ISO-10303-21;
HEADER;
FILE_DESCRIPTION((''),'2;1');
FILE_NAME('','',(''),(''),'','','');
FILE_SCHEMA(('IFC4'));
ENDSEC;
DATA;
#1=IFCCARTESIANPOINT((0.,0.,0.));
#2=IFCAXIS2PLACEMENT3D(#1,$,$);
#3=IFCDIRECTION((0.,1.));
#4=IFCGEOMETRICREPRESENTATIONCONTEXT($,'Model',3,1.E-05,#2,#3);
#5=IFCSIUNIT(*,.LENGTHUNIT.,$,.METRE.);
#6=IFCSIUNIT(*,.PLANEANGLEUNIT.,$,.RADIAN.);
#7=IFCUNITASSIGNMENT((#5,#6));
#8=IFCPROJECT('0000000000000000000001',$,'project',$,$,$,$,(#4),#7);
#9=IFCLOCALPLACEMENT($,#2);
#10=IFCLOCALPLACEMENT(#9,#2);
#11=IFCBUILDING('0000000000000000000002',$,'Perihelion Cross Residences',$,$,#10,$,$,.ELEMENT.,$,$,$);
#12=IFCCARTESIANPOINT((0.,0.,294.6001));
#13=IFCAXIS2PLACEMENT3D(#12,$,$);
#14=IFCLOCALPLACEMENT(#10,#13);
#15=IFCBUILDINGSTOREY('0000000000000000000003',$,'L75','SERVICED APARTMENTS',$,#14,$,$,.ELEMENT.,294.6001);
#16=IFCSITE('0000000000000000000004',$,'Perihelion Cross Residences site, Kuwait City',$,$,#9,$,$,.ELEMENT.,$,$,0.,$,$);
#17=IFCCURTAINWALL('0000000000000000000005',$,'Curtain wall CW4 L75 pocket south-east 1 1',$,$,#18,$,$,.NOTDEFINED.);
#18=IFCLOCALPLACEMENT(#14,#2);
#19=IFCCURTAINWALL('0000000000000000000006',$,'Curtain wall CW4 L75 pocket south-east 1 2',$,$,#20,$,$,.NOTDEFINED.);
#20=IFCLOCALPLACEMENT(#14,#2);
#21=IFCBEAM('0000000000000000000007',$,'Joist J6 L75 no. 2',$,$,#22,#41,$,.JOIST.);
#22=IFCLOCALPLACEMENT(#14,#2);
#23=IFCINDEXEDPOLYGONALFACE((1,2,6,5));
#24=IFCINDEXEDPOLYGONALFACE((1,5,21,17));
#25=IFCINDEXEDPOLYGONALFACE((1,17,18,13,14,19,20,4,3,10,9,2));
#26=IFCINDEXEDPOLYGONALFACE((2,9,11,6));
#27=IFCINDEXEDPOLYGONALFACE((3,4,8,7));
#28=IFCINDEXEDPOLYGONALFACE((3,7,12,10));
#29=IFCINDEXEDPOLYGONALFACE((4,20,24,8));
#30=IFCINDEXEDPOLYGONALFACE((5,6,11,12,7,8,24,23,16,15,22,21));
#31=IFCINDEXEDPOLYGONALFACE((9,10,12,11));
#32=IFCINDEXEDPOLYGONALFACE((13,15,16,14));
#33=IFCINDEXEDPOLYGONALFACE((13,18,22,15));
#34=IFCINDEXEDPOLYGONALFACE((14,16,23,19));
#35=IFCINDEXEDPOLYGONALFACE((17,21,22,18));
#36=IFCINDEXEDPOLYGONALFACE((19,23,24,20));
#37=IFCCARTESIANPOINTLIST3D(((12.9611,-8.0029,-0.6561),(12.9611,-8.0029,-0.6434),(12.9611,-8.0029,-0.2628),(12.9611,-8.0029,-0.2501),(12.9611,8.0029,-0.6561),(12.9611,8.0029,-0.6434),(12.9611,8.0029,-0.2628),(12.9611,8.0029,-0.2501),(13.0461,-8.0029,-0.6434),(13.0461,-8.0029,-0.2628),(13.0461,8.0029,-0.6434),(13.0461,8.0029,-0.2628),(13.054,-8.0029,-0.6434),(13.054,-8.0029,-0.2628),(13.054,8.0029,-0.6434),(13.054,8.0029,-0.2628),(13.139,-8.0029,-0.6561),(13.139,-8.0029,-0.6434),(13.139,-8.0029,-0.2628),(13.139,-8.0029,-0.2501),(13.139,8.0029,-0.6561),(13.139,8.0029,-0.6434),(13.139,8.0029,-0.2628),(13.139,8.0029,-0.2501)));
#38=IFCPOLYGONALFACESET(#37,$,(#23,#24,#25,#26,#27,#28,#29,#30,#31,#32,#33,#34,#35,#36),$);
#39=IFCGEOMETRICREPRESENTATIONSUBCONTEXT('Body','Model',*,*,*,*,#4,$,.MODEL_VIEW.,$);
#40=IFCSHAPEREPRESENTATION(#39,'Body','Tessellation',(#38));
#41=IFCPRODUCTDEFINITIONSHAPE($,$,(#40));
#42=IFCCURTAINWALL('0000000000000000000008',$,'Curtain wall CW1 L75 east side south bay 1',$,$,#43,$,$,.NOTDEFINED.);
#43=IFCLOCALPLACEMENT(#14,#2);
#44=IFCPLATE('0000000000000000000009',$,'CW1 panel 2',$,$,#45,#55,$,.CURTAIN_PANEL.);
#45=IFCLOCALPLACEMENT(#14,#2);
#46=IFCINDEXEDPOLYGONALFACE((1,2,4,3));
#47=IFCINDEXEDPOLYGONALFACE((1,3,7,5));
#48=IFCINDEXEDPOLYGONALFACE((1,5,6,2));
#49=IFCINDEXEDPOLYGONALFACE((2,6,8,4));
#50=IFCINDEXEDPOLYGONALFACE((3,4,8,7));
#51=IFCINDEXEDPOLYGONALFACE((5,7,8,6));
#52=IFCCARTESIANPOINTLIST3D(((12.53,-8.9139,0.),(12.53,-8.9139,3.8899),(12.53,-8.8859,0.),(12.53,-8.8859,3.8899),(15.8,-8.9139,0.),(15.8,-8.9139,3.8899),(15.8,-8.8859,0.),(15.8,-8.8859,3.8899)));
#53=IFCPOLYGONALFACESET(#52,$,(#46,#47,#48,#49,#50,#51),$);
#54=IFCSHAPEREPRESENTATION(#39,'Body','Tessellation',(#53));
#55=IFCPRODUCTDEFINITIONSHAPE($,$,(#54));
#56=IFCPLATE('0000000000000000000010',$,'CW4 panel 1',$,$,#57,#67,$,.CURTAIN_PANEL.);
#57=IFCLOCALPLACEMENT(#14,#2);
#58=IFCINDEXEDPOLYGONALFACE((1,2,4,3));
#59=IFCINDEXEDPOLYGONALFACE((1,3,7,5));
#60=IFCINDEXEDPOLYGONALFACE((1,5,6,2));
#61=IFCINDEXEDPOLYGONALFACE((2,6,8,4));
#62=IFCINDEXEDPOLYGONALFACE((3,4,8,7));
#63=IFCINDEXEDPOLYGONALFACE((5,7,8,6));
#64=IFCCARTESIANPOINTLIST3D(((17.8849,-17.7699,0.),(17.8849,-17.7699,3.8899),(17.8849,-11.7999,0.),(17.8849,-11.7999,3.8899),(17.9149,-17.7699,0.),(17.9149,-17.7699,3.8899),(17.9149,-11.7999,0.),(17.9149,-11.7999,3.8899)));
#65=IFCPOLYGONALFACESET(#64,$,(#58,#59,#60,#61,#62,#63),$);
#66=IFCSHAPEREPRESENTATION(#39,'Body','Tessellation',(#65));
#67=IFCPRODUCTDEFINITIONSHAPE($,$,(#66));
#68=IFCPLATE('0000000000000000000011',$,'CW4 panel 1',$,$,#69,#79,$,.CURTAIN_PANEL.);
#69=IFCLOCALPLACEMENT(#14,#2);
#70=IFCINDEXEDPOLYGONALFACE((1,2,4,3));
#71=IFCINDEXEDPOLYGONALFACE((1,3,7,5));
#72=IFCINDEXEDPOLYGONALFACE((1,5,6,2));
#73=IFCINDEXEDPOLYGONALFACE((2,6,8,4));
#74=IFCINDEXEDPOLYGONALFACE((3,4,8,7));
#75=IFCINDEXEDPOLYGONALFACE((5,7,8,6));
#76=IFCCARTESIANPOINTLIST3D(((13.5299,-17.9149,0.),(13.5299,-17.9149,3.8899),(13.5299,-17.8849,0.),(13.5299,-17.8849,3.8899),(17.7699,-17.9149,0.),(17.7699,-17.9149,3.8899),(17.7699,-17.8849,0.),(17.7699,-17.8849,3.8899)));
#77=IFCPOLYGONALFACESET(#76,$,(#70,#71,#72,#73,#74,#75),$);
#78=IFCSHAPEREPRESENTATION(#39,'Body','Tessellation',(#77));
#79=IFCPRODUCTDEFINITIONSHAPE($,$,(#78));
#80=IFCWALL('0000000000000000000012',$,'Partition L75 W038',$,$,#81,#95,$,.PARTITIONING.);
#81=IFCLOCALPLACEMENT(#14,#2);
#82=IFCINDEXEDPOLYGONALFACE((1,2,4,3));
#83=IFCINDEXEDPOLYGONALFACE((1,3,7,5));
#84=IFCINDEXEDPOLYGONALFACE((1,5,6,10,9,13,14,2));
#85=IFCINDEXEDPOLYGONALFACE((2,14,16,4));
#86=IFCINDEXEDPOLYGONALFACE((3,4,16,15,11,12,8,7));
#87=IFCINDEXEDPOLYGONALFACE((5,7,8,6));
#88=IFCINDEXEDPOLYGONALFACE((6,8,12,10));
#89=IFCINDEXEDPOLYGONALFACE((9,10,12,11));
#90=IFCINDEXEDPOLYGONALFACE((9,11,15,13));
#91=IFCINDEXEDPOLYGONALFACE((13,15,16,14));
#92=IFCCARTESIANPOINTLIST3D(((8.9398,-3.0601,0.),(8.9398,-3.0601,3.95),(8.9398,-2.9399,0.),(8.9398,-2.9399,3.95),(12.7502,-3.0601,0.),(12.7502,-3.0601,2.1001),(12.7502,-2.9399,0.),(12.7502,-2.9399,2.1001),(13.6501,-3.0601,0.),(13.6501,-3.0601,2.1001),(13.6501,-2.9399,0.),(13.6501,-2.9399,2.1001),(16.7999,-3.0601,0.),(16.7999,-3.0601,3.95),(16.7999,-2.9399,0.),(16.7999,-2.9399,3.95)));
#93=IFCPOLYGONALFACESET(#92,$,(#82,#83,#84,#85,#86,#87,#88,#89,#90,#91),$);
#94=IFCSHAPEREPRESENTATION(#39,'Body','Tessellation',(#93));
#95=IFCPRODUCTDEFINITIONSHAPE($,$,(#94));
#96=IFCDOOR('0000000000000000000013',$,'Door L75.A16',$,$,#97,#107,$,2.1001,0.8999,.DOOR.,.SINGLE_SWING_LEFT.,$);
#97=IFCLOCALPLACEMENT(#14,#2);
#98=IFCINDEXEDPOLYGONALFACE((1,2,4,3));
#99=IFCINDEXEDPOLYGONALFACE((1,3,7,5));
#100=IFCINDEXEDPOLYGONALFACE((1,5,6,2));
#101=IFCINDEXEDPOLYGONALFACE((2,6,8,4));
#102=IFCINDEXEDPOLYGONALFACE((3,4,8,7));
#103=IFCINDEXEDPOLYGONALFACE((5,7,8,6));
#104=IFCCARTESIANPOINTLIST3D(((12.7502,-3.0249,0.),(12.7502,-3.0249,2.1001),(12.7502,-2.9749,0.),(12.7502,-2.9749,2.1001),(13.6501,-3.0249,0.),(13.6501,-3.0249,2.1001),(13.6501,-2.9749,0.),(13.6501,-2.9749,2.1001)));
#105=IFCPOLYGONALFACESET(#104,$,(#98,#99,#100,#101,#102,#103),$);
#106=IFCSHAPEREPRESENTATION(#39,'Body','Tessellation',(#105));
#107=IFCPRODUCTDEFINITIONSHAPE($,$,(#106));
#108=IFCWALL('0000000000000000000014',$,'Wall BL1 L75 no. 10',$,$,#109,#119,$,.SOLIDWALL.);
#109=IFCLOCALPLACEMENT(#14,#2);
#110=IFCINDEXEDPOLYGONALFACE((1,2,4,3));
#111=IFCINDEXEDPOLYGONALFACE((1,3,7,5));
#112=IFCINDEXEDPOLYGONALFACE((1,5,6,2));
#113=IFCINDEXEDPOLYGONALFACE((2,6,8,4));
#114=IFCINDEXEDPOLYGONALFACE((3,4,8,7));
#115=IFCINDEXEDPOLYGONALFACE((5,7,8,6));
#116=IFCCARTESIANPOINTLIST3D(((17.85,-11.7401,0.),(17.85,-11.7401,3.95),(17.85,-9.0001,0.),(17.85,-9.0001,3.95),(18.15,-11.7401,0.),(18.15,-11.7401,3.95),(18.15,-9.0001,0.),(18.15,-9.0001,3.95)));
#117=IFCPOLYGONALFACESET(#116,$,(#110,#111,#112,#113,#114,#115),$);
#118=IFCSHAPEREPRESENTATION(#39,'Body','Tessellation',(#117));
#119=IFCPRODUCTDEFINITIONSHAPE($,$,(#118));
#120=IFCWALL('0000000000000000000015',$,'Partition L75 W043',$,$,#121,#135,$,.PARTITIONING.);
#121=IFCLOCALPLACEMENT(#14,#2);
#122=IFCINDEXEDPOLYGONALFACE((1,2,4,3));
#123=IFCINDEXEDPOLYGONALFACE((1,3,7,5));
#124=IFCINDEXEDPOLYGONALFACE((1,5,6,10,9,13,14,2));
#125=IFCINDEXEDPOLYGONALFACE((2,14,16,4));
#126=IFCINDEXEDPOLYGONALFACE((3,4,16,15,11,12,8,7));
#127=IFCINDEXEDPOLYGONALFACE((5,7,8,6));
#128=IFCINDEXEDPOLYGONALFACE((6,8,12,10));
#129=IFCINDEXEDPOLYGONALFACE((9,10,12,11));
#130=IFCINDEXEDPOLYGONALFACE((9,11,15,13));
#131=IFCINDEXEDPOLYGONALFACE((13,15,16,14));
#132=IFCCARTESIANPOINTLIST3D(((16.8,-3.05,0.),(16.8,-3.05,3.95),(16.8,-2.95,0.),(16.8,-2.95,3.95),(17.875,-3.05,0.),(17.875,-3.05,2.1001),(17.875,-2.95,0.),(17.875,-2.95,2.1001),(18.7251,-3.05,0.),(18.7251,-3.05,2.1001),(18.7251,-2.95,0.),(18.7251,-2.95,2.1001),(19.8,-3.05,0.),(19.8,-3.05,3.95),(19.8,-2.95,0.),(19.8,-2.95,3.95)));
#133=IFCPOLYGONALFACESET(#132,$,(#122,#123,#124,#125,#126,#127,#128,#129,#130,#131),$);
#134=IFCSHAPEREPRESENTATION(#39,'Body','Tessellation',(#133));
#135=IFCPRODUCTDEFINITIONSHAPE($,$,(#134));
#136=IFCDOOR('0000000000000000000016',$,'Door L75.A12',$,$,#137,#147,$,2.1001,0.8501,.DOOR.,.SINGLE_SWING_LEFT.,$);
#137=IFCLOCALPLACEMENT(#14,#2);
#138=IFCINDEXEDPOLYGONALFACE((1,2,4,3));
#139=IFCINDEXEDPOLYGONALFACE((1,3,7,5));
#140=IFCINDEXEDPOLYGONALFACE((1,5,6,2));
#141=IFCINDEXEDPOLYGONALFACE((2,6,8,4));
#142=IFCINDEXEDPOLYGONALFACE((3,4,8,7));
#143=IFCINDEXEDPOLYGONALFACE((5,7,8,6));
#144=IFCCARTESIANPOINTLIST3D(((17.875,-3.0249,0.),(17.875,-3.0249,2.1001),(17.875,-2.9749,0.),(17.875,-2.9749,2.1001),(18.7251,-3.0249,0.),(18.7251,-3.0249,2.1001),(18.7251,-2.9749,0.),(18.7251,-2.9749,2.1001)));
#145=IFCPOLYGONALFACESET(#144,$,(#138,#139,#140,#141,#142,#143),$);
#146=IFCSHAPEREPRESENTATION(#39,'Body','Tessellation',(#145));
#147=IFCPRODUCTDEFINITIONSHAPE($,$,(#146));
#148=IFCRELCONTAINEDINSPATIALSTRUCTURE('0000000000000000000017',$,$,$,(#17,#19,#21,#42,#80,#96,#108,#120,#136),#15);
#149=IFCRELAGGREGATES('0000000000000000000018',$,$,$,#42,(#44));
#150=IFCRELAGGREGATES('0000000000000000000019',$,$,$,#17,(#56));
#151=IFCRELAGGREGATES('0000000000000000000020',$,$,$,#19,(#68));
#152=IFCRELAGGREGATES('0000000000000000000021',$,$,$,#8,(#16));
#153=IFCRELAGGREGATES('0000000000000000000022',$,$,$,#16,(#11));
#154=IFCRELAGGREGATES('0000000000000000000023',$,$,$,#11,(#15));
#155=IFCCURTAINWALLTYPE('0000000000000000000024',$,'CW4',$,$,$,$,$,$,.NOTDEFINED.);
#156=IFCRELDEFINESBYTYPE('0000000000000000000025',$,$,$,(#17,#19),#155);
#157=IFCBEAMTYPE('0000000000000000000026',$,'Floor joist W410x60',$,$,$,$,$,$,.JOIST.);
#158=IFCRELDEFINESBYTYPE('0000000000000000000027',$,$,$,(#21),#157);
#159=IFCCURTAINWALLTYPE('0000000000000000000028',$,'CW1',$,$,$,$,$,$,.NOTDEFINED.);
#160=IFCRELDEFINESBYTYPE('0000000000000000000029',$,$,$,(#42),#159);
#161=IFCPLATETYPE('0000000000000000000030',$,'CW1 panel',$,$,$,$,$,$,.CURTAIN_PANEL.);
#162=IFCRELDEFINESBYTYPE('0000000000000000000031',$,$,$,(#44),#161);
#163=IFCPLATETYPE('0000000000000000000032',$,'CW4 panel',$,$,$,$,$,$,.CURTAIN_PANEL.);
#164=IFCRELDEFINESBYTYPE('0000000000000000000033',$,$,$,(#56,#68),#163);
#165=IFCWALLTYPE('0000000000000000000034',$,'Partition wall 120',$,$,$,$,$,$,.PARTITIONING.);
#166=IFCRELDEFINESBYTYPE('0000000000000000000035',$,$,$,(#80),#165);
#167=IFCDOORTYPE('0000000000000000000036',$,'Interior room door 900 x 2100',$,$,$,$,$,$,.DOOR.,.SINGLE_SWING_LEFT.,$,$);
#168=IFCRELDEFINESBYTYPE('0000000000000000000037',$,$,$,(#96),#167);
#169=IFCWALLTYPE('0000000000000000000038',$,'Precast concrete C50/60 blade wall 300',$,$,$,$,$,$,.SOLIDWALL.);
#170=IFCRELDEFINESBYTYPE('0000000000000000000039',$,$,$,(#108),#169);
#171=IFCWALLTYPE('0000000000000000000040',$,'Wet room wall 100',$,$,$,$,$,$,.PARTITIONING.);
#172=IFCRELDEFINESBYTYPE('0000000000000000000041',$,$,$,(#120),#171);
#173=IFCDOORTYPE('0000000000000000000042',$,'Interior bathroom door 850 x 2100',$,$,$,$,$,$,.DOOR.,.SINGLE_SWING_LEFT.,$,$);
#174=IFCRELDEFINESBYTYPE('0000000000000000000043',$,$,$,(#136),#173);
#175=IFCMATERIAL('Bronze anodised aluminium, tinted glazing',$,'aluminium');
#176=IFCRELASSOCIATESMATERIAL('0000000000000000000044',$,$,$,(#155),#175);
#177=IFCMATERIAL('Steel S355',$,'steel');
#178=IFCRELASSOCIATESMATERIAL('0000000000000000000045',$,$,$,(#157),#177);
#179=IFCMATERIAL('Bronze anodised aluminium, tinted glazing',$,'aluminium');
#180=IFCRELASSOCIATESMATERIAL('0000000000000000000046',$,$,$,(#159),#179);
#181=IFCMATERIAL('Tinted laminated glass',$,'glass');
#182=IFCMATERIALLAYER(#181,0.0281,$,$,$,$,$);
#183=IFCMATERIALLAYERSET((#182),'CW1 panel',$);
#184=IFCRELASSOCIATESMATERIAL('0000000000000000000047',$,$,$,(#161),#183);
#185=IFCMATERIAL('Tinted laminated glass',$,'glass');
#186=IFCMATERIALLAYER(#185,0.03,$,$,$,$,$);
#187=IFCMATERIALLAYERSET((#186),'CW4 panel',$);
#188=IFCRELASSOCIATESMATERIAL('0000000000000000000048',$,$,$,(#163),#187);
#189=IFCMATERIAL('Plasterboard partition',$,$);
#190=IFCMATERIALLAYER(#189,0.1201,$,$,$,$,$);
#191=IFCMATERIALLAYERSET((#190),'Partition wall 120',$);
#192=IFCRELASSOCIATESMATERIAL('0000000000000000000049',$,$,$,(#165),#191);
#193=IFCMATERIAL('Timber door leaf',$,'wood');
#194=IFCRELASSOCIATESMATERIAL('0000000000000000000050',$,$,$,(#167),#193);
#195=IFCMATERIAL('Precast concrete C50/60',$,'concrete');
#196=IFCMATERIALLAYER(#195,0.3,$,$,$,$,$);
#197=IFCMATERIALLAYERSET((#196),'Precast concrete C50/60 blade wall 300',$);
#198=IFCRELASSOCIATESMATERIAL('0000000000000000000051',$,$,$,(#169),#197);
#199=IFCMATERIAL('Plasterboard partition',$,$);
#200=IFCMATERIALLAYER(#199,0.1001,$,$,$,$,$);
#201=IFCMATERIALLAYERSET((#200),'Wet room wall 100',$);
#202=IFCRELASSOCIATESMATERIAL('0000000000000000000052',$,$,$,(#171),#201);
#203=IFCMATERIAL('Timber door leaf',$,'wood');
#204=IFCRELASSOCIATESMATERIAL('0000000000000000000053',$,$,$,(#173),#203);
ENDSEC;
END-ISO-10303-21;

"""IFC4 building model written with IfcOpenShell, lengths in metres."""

from ifc_helpers import new_model, si_unit, direction, frame, frame_2d, origin, origin_2d, place, context, subcontext, project, spatial, rectangle, i_section, extrude, material, layer, layer_set, material_profile, profile_set, type_object, element, fill, aggregate, save


model = new_model("IFC4")

# Units and contexts
model_context = context("Model", 3, precision=1e-05, world=origin(), true_north=direction((0.0, 1.0)))
body_context = subcontext(model_context, "Body", "Model", "MODEL_VIEW")
ifc_project = project(units=[si_unit("LENGTHUNIT", "METRE"), si_unit("PLANEANGLEUNIT", "RADIAN")], contexts=[model_context])

# Site, building, storey
site_placement = place(None, origin())
site = spatial("IfcSite", under=ifc_project, at=site_placement, Name="Perihelion Cross Residences site, Kuwait City", CompositionType="ELEMENT", RefElevation=0.0)
building_placement = place(site_placement, origin())
building = spatial("IfcBuilding", under=site, at=building_placement, Name="Perihelion Cross Residences", CompositionType="ELEMENT")
storey_placement = place(building_placement, frame((0.0, 0.0, 294.6001)))
storey = spatial("IfcBuildingStorey", under=building, at=storey_placement, Name="L75", Description="SERVICED APARTMENTS", CompositionType="ELEMENT", Elevation=294.6001)

# Curtain walls
ifc_material_1 = material(Name="Bronze anodised aluminium, tinted glazing", Category="aluminium")
curtain_wall_type_1 = type_object("IfcCurtainWallType", Name="CW4", PredefinedType="NOTDEFINED", material=ifc_material_1)
curtain_wall_1_placement = place(storey_placement, origin())
curtain_wall_1 = element("IfcCurtainWall", 1, at=curtain_wall_1_placement, inside=storey, type_object=curtain_wall_type_1, Name="Curtain wall CW4 L75 pocket south-east 1 1", PredefinedType="NOTDEFINED")
curtain_wall_2_placement = place(storey_placement, origin())
curtain_wall_2 = element("IfcCurtainWall", 2, at=curtain_wall_2_placement, inside=storey, type_object=curtain_wall_type_1, Name="Curtain wall CW4 L75 pocket south-east 1 2", PredefinedType="NOTDEFINED")

# Beam
ifc_material_2 = material(Name="Steel S355", Category="steel")
ifc_material_profile_1 = material_profile(ifc_material_2, i_section(OverallWidth=0.178, OverallDepth=0.406, WebThickness=0.0078, FlangeThickness=0.0127, at=origin_2d()), Name="W410x60")
ifc_profile_set_1 = profile_set([ifc_material_profile_1], Name="Steel S355")
beam_type_1 = type_object("IfcBeamType", Name="Floor joist W410x60", PredefinedType="JOIST", material=ifc_profile_set_1)
beam_1_placement = place(storey_placement, frame((13.05, -8.0029, -0.4531), z_axis=(0.0, 1.0, 0.0), x_axis=(-1.0, 0.0, 0.0)))
element("IfcBeam", 3, at=beam_1_placement, inside=storey, type_object=beam_type_1, Name="Joist J6 L75 no. 2", PredefinedType="JOIST", context=body_context, shape_type="SweptSolid", body=[
    extrude(i_section(OverallWidth=0.178, OverallDepth=0.406, WebThickness=0.0078, FlangeThickness=0.0127, at=origin_2d()), origin(), (0.0, 0.0, 1.0), 16.0059),
])

# Curtain wall, plate
ifc_material_3 = material(Name="Bronze anodised aluminium, tinted glazing", Category="aluminium")
curtain_wall_type_2 = type_object("IfcCurtainWallType", Name="CW1", PredefinedType="NOTDEFINED", material=ifc_material_3)
curtain_wall_3_placement = place(storey_placement, origin())
curtain_wall_3 = element("IfcCurtainWall", 4, at=curtain_wall_3_placement, inside=storey, type_object=curtain_wall_type_2, Name="Curtain wall CW1 L75 east side south bay 1", PredefinedType="NOTDEFINED")
ifc_material_4 = material(Name="Tinted laminated glass", Category="glass")
ifc_layer_1 = layer(ifc_material_4, 0.0281)
ifc_layer_set_1 = layer_set([ifc_layer_1], Name="CW1 panel")
plate_type_1 = type_object("IfcPlateType", Name="CW1 panel", PredefinedType="CURTAIN_PANEL", material=ifc_layer_set_1)
plate_1_placement = place(storey_placement, frame((14.165, -8.8999, 0.0), z_axis=(0.0, 0.0, 1.0), x_axis=(1.0, 0.0, 0.0)))
plate_1 = element("IfcPlate", 5, at=plate_1_placement, type_object=plate_type_1, Name="CW1 panel 2", PredefinedType="CURTAIN_PANEL", context=body_context, shape_type="SweptSolid", body=[
    extrude(rectangle(XDim=3.27, YDim=0.0281, at=origin_2d()), origin(), (0.0, 0.0, 1.0), 3.8899),
])
aggregate(curtain_wall_3, [plate_1])

# Plates
ifc_material_5 = material(Name="Tinted laminated glass", Category="glass")
ifc_layer_2 = layer(ifc_material_5, 0.03)
ifc_layer_set_2 = layer_set([ifc_layer_2], Name="CW4 panel")
plate_type_2 = type_object("IfcPlateType", Name="CW4 panel", PredefinedType="CURTAIN_PANEL", material=ifc_layer_set_2)
plate_2_placement = place(storey_placement, frame((17.8999, -14.7849, 0.0), z_axis=(0.0, 0.0, 1.0), x_axis=(0.0, -1.0, 0.0)))
plate_2 = element("IfcPlate", 6, at=plate_2_placement, type_object=plate_type_2, Name="CW4 panel 1", PredefinedType="CURTAIN_PANEL", context=body_context, shape_type="SweptSolid", body=[
    extrude(rectangle(XDim=5.97, YDim=0.03, at=origin_2d()), origin(), (0.0, 0.0, 1.0), 3.8899),
])
aggregate(curtain_wall_1, [plate_2])
plate_3_placement = place(storey_placement, frame((15.6499, -17.8999, 0.0), z_axis=(0.0, 0.0, 1.0), x_axis=(-1.0, 0.0, 0.0)))
plate_3 = element("IfcPlate", 7, at=plate_3_placement, type_object=plate_type_2, Name="CW4 panel 1", PredefinedType="CURTAIN_PANEL", context=body_context, shape_type="SweptSolid", body=[
    extrude(rectangle(XDim=4.24, YDim=0.03, at=origin_2d()), origin(), (0.0, 0.0, 1.0), 3.8899),
])
aggregate(curtain_wall_2, [plate_3])

# Wall, opening, door
ifc_material_6 = material(Name="Plasterboard partition")
ifc_layer_3 = layer(ifc_material_6, 0.1201)
ifc_layer_set_3 = layer_set([ifc_layer_3], Name="Partition wall 120")
wall_type_1 = type_object("IfcWallType", Name="Partition wall 120", PredefinedType="PARTITIONING", material=ifc_layer_set_3)
wall_1_placement = place(storey_placement, frame((16.8, -3.0, 0.0), z_axis=(0.0, 0.0, 1.0), x_axis=(-1.0, 0.0, 0.0)))
wall_1 = element("IfcWall", 8, at=wall_1_placement, inside=storey, type_object=wall_type_1, Name="Partition L75 W038", PredefinedType="PARTITIONING", context=body_context, shape_type="SweptSolid", body=[
    extrude(rectangle(XDim=7.8601, YDim=0.1201, at=frame_2d((3.9302, 0.0))), origin(), (0.0, 0.0, 1.0), 3.95),
])
opening_1_placement = place(wall_1_placement, frame((3.1499, 0.0, 0.0)))
opening_1 = element("IfcOpeningElement", 9, at=opening_1_placement, cuts=wall_1, PredefinedType="OPENING", context=body_context, shape_type="SweptSolid", body=[
    extrude(rectangle(XDim=0.8999, YDim=2.1001, at=frame_2d((0.45, 1.05))), frame((0.0, 0.0701, 0.0), z_axis=(0.0, -1.0, 0.0), x_axis=(1.0, 0.0, 0.0)), (0.0, 0.0, 1.0), 0.1401),
])
ifc_material_7 = material(Name="Timber door leaf", Category="wood")
door_type_1 = type_object("IfcDoorType", Name="Interior room door 900 x 2100", OperationType="SINGLE_SWING_LEFT", PredefinedType="DOOR", material=ifc_material_7)
door_1_placement = place(opening_1_placement, origin())
door_1 = element("IfcDoor", 10, at=door_1_placement, inside=storey, type_object=door_type_1, Name="Door L75.A16", OperationType="SINGLE_SWING_LEFT", OverallHeight=2.1001, OverallWidth=0.8999, PredefinedType="DOOR", context=body_context, shape_type="SweptSolid", body=[
    extrude(rectangle(XDim=0.8999, YDim=2.1001, at=frame_2d((0.45, 1.05))), frame((0.0, 0.0249, 0.0), z_axis=(0.0, -1.0, 0.0), x_axis=(1.0, 0.0, 0.0)), (0.0, 0.0, 1.0), 0.05),
])
fill(opening_1, door_1)

# Wall
ifc_material_8 = material(Name="Precast concrete C50/60", Category="concrete")
ifc_layer_4 = layer(ifc_material_8, 0.3)
ifc_layer_set_4 = layer_set([ifc_layer_4], Name="Precast concrete C50/60 blade wall 300")
wall_type_2 = type_object("IfcWallType", Name="Precast concrete C50/60 blade wall 300", PredefinedType="SOLIDWALL", material=ifc_layer_set_4)
wall_2_placement = place(storey_placement, frame((18.0, -9.0, 0.0), z_axis=(0.0, 0.0, 1.0), x_axis=(0.0, -1.0, 0.0)))
element("IfcWall", 11, at=wall_2_placement, inside=storey, type_object=wall_type_2, Name="Wall BL1 L75 no. 10", PredefinedType="SOLIDWALL", context=body_context, shape_type="SweptSolid", body=[
    extrude(rectangle(XDim=2.74, YDim=0.3, at=frame_2d((1.3701, 0.0))), origin(), (0.0, 0.0, 1.0), 3.95),
])

# Wall, opening, door
ifc_material_9 = material(Name="Plasterboard partition")
ifc_layer_5 = layer(ifc_material_9, 0.1001)
ifc_layer_set_5 = layer_set([ifc_layer_5], Name="Wet room wall 100")
wall_type_3 = type_object("IfcWallType", Name="Wet room wall 100", PredefinedType="PARTITIONING", material=ifc_layer_set_5)
wall_3_placement = place(storey_placement, frame((19.8, -3.0, 0.0), z_axis=(0.0, 0.0, 1.0), x_axis=(-1.0, 0.0, 0.0)))
wall_3 = element("IfcWall", 12, at=wall_3_placement, inside=storey, type_object=wall_type_3, Name="Partition L75 W043", PredefinedType="PARTITIONING", context=body_context, shape_type="SweptSolid", body=[
    extrude(rectangle(XDim=3.0, YDim=0.1001, at=frame_2d((1.5, 0.0))), origin(), (0.0, 0.0, 1.0), 3.95),
])
opening_2_placement = place(wall_3_placement, frame((1.075, 0.0, 0.0)))
opening_2 = element("IfcOpeningElement", 13, at=opening_2_placement, cuts=wall_3, PredefinedType="OPENING", context=body_context, shape_type="SweptSolid", body=[
    extrude(rectangle(XDim=0.8501, YDim=2.1001, at=frame_2d((0.425, 1.05))), frame((0.0, 0.0601, 0.0), z_axis=(0.0, -1.0, 0.0), x_axis=(1.0, 0.0, 0.0)), (0.0, 0.0, 1.0), 0.1201),
])
ifc_material_10 = material(Name="Timber door leaf", Category="wood")
door_type_2 = type_object("IfcDoorType", Name="Interior bathroom door 850 x 2100", OperationType="SINGLE_SWING_LEFT", PredefinedType="DOOR", material=ifc_material_10)
door_2_placement = place(opening_2_placement, origin())
door_2 = element("IfcDoor", 14, at=door_2_placement, inside=storey, type_object=door_type_2, Name="Door L75.A12", OperationType="SINGLE_SWING_LEFT", OverallHeight=2.1001, OverallWidth=0.8501, PredefinedType="DOOR", context=body_context, shape_type="SweptSolid", body=[
    extrude(rectangle(XDim=0.8501, YDim=2.1001, at=frame_2d((0.425, 1.05))), frame((0.0, 0.0249, 0.0), z_axis=(0.0, -1.0, 0.0), x_axis=(1.0, 0.0, 0.0)), (0.0, 0.0, 1.0), 0.05),
])
fill(opening_2, door_2)

save(model, "model.ifc")
